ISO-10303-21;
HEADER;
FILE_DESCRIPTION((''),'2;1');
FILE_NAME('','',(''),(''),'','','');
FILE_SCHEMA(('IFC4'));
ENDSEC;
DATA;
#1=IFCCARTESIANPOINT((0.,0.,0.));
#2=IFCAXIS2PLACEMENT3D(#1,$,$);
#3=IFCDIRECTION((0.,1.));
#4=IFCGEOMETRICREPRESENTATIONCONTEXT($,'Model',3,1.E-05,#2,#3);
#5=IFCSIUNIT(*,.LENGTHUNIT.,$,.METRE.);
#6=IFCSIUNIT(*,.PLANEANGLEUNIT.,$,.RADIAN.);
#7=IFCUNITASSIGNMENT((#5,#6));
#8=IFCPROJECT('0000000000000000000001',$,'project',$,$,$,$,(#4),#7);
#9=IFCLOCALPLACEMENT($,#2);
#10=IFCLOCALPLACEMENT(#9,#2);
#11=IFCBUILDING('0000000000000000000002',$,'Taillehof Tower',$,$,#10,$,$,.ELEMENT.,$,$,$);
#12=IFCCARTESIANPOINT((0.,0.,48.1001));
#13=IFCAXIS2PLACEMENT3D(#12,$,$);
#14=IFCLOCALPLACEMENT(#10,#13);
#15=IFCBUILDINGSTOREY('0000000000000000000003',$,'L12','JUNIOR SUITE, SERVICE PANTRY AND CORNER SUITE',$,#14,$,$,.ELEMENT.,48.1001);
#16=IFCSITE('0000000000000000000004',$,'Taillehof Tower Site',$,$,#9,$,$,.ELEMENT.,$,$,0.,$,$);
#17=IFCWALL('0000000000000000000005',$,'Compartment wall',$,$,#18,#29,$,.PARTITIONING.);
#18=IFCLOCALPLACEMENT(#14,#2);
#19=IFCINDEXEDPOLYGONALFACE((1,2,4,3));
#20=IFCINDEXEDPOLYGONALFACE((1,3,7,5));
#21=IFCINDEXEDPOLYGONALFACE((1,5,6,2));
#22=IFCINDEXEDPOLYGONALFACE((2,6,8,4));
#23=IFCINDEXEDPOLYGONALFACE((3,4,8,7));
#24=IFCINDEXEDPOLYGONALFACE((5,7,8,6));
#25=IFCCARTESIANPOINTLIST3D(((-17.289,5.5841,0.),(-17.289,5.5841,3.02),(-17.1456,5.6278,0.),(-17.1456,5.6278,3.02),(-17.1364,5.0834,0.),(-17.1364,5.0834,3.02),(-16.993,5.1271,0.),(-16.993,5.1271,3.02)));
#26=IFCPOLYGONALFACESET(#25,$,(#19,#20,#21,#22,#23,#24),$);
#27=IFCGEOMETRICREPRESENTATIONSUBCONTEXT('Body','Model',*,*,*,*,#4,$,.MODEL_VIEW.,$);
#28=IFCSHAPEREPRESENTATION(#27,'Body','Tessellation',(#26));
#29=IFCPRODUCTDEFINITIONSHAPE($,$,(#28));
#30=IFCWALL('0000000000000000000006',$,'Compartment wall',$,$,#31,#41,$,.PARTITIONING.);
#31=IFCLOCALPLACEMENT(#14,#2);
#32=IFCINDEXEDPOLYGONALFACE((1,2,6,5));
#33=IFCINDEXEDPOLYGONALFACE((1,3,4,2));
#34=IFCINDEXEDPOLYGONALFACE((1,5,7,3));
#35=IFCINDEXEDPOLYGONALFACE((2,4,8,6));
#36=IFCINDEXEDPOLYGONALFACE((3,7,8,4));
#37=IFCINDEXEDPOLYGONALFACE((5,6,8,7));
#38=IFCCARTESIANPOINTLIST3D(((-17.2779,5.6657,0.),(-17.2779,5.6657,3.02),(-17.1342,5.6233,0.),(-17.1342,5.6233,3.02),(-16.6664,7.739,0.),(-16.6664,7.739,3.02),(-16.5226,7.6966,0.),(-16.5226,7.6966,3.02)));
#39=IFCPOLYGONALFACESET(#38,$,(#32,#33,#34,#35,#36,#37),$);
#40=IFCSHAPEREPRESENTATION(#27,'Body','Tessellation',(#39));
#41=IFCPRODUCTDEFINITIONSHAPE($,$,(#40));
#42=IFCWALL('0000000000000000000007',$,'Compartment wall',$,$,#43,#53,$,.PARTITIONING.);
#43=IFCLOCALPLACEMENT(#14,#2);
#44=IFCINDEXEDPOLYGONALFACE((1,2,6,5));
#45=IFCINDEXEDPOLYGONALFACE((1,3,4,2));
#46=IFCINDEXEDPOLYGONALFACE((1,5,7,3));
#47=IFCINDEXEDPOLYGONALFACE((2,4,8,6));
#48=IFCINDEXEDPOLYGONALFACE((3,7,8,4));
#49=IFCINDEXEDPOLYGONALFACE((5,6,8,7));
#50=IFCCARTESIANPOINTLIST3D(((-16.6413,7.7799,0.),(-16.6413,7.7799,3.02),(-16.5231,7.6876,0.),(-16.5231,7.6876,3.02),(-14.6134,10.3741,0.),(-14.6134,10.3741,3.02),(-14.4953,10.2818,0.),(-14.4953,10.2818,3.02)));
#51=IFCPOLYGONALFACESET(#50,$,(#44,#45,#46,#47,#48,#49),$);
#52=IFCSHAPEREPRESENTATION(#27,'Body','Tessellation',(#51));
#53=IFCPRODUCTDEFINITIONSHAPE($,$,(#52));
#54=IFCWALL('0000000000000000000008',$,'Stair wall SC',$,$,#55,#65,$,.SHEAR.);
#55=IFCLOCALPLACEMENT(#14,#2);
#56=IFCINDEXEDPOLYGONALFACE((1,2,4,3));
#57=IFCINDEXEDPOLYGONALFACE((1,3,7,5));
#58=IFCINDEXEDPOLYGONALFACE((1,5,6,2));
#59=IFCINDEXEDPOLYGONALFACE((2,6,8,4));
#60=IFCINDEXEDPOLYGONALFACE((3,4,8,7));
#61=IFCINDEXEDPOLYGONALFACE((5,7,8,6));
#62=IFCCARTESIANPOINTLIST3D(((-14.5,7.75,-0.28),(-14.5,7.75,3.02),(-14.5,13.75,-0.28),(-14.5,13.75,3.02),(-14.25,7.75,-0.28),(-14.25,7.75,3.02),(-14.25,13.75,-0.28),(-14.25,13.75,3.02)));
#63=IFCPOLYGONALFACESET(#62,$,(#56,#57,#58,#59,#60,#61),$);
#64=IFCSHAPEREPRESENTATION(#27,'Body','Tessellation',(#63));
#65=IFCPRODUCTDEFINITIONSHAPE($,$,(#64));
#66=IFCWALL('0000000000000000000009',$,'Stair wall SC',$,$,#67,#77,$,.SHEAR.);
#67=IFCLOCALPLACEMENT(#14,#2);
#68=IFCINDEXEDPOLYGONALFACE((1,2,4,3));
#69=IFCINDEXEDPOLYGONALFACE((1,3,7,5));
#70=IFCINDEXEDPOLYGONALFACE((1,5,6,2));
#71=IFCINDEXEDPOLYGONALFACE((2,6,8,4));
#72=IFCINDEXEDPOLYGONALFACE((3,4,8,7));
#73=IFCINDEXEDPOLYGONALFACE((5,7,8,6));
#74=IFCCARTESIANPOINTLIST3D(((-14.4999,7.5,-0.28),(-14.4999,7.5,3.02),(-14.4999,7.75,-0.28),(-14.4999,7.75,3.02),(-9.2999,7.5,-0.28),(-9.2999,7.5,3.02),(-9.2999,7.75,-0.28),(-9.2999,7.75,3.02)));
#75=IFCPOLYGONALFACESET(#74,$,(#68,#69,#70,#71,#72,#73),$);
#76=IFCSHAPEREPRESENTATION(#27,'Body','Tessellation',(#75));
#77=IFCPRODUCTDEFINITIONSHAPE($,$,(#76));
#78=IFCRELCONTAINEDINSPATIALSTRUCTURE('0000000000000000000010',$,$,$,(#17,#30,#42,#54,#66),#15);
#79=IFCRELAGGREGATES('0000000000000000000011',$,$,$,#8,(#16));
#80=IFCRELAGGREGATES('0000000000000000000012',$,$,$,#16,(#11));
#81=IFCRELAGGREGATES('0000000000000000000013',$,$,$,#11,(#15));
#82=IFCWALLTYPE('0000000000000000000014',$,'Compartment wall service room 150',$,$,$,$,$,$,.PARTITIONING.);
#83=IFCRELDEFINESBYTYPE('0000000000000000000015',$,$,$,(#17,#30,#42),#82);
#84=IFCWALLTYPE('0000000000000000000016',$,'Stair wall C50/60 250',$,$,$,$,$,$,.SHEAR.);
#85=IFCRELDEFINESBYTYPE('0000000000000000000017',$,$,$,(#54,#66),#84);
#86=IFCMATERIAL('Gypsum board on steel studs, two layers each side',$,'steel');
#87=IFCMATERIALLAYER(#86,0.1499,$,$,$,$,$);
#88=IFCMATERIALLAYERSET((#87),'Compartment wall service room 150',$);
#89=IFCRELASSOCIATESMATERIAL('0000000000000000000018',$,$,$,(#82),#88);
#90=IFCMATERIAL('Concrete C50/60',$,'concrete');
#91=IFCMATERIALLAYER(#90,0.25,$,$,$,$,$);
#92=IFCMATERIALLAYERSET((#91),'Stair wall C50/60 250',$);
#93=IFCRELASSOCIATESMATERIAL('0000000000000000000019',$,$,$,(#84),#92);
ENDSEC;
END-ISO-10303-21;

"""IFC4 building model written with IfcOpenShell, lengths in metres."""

from ifc_helpers import new_model, si_unit, direction, frame, frame_2d, origin, place, context, subcontext, project, spatial, rectangle, extrude, material, layer, layer_set, type_object, element, save


model = new_model("IFC4")

# Units and contexts
model_context = context("Model", 3, precision=1e-05, world=origin(), true_north=direction((0.0, 1.0)))
body_context = subcontext(model_context, "Body", "Model", "MODEL_VIEW")
ifc_project = project(units=[si_unit("LENGTHUNIT", "METRE"), si_unit("PLANEANGLEUNIT", "RADIAN")], contexts=[model_context])

# Site, building, storey
site_placement = place(None, origin())
site = spatial("IfcSite", under=ifc_project, at=site_placement, Name="Taillehof Tower Site", CompositionType="ELEMENT", RefElevation=0.0)
building_placement = place(site_placement, origin())
building = spatial("IfcBuilding", under=site, at=building_placement, Name="Taillehof Tower", CompositionType="ELEMENT")
storey_placement = place(building_placement, frame((0.0, 0.0, 48.1001)))
storey = spatial("IfcBuildingStorey", under=building, at=storey_placement, Name="L12", Description="JUNIOR SUITE, SERVICE PANTRY AND CORNER SUITE", CompositionType="ELEMENT", Elevation=48.1001)

# Shared definitions
ifc_material_1 = material(Name="Gypsum board on steel studs, two layers each side", Category="steel")
ifc_layer_1 = layer(ifc_material_1, 0.1499)
ifc_layer_set_1 = layer_set([ifc_layer_1], Name="Compartment wall service room 150")
wall_type_1 = type_object("IfcWallType", Name="Compartment wall service room 150", PredefinedType="PARTITIONING", material=ifc_layer_set_1)

# Walls
wall_1_placement = place(storey_placement, frame((-17.0647, 5.1052, 0.0), z_axis=(0.0, 0.0, 1.0), x_axis=(-0.291496, 0.956572, 0.0)))
element("IfcWall", 1, at=wall_1_placement, inside=storey, type_object=wall_type_1, Name="Compartment wall", PredefinedType="PARTITIONING", context=body_context, shape_type="SweptSolid", body=[
    extrude(rectangle(XDim=0.5234, YDim=0.1499, at=frame_2d((0.2617, 0.0))), origin(), (0.0, 0.0, 1.0), 3.02),
])
wall_2_placement = place(storey_placement, frame((-17.2061, 5.6445, 0.0), z_axis=(0.0, 0.0, 1.0), x_axis=(0.282931, 0.95914, 0.0)))
element("IfcWall", 2, at=wall_2_placement, inside=storey, type_object=wall_type_1, Name="Compartment wall", PredefinedType="PARTITIONING", context=body_context, shape_type="SweptSolid", body=[
    extrude(rectangle(XDim=2.1616, YDim=0.1499, at=frame_2d((1.0808, 0.0))), origin(), (0.0, 0.0, 1.0), 3.02),
])
wall_3_placement = place(storey_placement, frame((-16.5823, 7.7336, 0.0), z_axis=(0.0, 0.0, 1.0), x_axis=(0.615848, 0.787865, 0.0)))
element("IfcWall", 3, at=wall_3_placement, inside=storey, type_object=wall_type_1, Name="Compartment wall", PredefinedType="PARTITIONING", context=body_context, shape_type="SweptSolid", body=[
    extrude(rectangle(XDim=3.2927, YDim=0.1499, at=frame_2d((1.6465, 0.0))), origin(), (0.0, 0.0, 1.0), 3.02),
])
ifc_material_2 = material(Name="Concrete C50/60", Category="concrete")
ifc_layer_2 = layer(ifc_material_2, 0.25)
ifc_layer_set_2 = layer_set([ifc_layer_2], Name="Stair wall C50/60 250")
wall_type_2 = type_object("IfcWallType", Name="Stair wall C50/60 250", PredefinedType="SHEAR", material=ifc_layer_set_2)
wall_4_placement = place(storey_placement, frame((-14.375, 7.75, -0.28), z_axis=(0.0, 0.0, 1.0), x_axis=(0.0, 1.0, 0.0)))
element("IfcWall", 4, at=wall_4_placement, inside=storey, type_object=wall_type_2, Name="Stair wall SC", PredefinedType="SHEAR", context=body_context, shape_type="SweptSolid", body=[
    extrude(rectangle(XDim=6.0, YDim=0.25, at=frame_2d((3.0, 0.0))), origin(), (0.0, 0.0, 1.0), 3.3),
])
wall_5_placement = place(storey_placement, frame((-14.5, 7.625, -0.28), z_axis=(0.0, 0.0, 1.0), x_axis=(1.0, 0.0, 0.0)))
element("IfcWall", 5, at=wall_5_placement, inside=storey, type_object=wall_type_2, Name="Stair wall SC", PredefinedType="SHEAR", context=body_context, shape_type="SweptSolid", body=[
    extrude(rectangle(XDim=5.2, YDim=0.25, at=frame_2d((2.6001, 0.0))), origin(), (0.0, 0.0, 1.0), 3.3),
])

save(model, "model.ifc")
